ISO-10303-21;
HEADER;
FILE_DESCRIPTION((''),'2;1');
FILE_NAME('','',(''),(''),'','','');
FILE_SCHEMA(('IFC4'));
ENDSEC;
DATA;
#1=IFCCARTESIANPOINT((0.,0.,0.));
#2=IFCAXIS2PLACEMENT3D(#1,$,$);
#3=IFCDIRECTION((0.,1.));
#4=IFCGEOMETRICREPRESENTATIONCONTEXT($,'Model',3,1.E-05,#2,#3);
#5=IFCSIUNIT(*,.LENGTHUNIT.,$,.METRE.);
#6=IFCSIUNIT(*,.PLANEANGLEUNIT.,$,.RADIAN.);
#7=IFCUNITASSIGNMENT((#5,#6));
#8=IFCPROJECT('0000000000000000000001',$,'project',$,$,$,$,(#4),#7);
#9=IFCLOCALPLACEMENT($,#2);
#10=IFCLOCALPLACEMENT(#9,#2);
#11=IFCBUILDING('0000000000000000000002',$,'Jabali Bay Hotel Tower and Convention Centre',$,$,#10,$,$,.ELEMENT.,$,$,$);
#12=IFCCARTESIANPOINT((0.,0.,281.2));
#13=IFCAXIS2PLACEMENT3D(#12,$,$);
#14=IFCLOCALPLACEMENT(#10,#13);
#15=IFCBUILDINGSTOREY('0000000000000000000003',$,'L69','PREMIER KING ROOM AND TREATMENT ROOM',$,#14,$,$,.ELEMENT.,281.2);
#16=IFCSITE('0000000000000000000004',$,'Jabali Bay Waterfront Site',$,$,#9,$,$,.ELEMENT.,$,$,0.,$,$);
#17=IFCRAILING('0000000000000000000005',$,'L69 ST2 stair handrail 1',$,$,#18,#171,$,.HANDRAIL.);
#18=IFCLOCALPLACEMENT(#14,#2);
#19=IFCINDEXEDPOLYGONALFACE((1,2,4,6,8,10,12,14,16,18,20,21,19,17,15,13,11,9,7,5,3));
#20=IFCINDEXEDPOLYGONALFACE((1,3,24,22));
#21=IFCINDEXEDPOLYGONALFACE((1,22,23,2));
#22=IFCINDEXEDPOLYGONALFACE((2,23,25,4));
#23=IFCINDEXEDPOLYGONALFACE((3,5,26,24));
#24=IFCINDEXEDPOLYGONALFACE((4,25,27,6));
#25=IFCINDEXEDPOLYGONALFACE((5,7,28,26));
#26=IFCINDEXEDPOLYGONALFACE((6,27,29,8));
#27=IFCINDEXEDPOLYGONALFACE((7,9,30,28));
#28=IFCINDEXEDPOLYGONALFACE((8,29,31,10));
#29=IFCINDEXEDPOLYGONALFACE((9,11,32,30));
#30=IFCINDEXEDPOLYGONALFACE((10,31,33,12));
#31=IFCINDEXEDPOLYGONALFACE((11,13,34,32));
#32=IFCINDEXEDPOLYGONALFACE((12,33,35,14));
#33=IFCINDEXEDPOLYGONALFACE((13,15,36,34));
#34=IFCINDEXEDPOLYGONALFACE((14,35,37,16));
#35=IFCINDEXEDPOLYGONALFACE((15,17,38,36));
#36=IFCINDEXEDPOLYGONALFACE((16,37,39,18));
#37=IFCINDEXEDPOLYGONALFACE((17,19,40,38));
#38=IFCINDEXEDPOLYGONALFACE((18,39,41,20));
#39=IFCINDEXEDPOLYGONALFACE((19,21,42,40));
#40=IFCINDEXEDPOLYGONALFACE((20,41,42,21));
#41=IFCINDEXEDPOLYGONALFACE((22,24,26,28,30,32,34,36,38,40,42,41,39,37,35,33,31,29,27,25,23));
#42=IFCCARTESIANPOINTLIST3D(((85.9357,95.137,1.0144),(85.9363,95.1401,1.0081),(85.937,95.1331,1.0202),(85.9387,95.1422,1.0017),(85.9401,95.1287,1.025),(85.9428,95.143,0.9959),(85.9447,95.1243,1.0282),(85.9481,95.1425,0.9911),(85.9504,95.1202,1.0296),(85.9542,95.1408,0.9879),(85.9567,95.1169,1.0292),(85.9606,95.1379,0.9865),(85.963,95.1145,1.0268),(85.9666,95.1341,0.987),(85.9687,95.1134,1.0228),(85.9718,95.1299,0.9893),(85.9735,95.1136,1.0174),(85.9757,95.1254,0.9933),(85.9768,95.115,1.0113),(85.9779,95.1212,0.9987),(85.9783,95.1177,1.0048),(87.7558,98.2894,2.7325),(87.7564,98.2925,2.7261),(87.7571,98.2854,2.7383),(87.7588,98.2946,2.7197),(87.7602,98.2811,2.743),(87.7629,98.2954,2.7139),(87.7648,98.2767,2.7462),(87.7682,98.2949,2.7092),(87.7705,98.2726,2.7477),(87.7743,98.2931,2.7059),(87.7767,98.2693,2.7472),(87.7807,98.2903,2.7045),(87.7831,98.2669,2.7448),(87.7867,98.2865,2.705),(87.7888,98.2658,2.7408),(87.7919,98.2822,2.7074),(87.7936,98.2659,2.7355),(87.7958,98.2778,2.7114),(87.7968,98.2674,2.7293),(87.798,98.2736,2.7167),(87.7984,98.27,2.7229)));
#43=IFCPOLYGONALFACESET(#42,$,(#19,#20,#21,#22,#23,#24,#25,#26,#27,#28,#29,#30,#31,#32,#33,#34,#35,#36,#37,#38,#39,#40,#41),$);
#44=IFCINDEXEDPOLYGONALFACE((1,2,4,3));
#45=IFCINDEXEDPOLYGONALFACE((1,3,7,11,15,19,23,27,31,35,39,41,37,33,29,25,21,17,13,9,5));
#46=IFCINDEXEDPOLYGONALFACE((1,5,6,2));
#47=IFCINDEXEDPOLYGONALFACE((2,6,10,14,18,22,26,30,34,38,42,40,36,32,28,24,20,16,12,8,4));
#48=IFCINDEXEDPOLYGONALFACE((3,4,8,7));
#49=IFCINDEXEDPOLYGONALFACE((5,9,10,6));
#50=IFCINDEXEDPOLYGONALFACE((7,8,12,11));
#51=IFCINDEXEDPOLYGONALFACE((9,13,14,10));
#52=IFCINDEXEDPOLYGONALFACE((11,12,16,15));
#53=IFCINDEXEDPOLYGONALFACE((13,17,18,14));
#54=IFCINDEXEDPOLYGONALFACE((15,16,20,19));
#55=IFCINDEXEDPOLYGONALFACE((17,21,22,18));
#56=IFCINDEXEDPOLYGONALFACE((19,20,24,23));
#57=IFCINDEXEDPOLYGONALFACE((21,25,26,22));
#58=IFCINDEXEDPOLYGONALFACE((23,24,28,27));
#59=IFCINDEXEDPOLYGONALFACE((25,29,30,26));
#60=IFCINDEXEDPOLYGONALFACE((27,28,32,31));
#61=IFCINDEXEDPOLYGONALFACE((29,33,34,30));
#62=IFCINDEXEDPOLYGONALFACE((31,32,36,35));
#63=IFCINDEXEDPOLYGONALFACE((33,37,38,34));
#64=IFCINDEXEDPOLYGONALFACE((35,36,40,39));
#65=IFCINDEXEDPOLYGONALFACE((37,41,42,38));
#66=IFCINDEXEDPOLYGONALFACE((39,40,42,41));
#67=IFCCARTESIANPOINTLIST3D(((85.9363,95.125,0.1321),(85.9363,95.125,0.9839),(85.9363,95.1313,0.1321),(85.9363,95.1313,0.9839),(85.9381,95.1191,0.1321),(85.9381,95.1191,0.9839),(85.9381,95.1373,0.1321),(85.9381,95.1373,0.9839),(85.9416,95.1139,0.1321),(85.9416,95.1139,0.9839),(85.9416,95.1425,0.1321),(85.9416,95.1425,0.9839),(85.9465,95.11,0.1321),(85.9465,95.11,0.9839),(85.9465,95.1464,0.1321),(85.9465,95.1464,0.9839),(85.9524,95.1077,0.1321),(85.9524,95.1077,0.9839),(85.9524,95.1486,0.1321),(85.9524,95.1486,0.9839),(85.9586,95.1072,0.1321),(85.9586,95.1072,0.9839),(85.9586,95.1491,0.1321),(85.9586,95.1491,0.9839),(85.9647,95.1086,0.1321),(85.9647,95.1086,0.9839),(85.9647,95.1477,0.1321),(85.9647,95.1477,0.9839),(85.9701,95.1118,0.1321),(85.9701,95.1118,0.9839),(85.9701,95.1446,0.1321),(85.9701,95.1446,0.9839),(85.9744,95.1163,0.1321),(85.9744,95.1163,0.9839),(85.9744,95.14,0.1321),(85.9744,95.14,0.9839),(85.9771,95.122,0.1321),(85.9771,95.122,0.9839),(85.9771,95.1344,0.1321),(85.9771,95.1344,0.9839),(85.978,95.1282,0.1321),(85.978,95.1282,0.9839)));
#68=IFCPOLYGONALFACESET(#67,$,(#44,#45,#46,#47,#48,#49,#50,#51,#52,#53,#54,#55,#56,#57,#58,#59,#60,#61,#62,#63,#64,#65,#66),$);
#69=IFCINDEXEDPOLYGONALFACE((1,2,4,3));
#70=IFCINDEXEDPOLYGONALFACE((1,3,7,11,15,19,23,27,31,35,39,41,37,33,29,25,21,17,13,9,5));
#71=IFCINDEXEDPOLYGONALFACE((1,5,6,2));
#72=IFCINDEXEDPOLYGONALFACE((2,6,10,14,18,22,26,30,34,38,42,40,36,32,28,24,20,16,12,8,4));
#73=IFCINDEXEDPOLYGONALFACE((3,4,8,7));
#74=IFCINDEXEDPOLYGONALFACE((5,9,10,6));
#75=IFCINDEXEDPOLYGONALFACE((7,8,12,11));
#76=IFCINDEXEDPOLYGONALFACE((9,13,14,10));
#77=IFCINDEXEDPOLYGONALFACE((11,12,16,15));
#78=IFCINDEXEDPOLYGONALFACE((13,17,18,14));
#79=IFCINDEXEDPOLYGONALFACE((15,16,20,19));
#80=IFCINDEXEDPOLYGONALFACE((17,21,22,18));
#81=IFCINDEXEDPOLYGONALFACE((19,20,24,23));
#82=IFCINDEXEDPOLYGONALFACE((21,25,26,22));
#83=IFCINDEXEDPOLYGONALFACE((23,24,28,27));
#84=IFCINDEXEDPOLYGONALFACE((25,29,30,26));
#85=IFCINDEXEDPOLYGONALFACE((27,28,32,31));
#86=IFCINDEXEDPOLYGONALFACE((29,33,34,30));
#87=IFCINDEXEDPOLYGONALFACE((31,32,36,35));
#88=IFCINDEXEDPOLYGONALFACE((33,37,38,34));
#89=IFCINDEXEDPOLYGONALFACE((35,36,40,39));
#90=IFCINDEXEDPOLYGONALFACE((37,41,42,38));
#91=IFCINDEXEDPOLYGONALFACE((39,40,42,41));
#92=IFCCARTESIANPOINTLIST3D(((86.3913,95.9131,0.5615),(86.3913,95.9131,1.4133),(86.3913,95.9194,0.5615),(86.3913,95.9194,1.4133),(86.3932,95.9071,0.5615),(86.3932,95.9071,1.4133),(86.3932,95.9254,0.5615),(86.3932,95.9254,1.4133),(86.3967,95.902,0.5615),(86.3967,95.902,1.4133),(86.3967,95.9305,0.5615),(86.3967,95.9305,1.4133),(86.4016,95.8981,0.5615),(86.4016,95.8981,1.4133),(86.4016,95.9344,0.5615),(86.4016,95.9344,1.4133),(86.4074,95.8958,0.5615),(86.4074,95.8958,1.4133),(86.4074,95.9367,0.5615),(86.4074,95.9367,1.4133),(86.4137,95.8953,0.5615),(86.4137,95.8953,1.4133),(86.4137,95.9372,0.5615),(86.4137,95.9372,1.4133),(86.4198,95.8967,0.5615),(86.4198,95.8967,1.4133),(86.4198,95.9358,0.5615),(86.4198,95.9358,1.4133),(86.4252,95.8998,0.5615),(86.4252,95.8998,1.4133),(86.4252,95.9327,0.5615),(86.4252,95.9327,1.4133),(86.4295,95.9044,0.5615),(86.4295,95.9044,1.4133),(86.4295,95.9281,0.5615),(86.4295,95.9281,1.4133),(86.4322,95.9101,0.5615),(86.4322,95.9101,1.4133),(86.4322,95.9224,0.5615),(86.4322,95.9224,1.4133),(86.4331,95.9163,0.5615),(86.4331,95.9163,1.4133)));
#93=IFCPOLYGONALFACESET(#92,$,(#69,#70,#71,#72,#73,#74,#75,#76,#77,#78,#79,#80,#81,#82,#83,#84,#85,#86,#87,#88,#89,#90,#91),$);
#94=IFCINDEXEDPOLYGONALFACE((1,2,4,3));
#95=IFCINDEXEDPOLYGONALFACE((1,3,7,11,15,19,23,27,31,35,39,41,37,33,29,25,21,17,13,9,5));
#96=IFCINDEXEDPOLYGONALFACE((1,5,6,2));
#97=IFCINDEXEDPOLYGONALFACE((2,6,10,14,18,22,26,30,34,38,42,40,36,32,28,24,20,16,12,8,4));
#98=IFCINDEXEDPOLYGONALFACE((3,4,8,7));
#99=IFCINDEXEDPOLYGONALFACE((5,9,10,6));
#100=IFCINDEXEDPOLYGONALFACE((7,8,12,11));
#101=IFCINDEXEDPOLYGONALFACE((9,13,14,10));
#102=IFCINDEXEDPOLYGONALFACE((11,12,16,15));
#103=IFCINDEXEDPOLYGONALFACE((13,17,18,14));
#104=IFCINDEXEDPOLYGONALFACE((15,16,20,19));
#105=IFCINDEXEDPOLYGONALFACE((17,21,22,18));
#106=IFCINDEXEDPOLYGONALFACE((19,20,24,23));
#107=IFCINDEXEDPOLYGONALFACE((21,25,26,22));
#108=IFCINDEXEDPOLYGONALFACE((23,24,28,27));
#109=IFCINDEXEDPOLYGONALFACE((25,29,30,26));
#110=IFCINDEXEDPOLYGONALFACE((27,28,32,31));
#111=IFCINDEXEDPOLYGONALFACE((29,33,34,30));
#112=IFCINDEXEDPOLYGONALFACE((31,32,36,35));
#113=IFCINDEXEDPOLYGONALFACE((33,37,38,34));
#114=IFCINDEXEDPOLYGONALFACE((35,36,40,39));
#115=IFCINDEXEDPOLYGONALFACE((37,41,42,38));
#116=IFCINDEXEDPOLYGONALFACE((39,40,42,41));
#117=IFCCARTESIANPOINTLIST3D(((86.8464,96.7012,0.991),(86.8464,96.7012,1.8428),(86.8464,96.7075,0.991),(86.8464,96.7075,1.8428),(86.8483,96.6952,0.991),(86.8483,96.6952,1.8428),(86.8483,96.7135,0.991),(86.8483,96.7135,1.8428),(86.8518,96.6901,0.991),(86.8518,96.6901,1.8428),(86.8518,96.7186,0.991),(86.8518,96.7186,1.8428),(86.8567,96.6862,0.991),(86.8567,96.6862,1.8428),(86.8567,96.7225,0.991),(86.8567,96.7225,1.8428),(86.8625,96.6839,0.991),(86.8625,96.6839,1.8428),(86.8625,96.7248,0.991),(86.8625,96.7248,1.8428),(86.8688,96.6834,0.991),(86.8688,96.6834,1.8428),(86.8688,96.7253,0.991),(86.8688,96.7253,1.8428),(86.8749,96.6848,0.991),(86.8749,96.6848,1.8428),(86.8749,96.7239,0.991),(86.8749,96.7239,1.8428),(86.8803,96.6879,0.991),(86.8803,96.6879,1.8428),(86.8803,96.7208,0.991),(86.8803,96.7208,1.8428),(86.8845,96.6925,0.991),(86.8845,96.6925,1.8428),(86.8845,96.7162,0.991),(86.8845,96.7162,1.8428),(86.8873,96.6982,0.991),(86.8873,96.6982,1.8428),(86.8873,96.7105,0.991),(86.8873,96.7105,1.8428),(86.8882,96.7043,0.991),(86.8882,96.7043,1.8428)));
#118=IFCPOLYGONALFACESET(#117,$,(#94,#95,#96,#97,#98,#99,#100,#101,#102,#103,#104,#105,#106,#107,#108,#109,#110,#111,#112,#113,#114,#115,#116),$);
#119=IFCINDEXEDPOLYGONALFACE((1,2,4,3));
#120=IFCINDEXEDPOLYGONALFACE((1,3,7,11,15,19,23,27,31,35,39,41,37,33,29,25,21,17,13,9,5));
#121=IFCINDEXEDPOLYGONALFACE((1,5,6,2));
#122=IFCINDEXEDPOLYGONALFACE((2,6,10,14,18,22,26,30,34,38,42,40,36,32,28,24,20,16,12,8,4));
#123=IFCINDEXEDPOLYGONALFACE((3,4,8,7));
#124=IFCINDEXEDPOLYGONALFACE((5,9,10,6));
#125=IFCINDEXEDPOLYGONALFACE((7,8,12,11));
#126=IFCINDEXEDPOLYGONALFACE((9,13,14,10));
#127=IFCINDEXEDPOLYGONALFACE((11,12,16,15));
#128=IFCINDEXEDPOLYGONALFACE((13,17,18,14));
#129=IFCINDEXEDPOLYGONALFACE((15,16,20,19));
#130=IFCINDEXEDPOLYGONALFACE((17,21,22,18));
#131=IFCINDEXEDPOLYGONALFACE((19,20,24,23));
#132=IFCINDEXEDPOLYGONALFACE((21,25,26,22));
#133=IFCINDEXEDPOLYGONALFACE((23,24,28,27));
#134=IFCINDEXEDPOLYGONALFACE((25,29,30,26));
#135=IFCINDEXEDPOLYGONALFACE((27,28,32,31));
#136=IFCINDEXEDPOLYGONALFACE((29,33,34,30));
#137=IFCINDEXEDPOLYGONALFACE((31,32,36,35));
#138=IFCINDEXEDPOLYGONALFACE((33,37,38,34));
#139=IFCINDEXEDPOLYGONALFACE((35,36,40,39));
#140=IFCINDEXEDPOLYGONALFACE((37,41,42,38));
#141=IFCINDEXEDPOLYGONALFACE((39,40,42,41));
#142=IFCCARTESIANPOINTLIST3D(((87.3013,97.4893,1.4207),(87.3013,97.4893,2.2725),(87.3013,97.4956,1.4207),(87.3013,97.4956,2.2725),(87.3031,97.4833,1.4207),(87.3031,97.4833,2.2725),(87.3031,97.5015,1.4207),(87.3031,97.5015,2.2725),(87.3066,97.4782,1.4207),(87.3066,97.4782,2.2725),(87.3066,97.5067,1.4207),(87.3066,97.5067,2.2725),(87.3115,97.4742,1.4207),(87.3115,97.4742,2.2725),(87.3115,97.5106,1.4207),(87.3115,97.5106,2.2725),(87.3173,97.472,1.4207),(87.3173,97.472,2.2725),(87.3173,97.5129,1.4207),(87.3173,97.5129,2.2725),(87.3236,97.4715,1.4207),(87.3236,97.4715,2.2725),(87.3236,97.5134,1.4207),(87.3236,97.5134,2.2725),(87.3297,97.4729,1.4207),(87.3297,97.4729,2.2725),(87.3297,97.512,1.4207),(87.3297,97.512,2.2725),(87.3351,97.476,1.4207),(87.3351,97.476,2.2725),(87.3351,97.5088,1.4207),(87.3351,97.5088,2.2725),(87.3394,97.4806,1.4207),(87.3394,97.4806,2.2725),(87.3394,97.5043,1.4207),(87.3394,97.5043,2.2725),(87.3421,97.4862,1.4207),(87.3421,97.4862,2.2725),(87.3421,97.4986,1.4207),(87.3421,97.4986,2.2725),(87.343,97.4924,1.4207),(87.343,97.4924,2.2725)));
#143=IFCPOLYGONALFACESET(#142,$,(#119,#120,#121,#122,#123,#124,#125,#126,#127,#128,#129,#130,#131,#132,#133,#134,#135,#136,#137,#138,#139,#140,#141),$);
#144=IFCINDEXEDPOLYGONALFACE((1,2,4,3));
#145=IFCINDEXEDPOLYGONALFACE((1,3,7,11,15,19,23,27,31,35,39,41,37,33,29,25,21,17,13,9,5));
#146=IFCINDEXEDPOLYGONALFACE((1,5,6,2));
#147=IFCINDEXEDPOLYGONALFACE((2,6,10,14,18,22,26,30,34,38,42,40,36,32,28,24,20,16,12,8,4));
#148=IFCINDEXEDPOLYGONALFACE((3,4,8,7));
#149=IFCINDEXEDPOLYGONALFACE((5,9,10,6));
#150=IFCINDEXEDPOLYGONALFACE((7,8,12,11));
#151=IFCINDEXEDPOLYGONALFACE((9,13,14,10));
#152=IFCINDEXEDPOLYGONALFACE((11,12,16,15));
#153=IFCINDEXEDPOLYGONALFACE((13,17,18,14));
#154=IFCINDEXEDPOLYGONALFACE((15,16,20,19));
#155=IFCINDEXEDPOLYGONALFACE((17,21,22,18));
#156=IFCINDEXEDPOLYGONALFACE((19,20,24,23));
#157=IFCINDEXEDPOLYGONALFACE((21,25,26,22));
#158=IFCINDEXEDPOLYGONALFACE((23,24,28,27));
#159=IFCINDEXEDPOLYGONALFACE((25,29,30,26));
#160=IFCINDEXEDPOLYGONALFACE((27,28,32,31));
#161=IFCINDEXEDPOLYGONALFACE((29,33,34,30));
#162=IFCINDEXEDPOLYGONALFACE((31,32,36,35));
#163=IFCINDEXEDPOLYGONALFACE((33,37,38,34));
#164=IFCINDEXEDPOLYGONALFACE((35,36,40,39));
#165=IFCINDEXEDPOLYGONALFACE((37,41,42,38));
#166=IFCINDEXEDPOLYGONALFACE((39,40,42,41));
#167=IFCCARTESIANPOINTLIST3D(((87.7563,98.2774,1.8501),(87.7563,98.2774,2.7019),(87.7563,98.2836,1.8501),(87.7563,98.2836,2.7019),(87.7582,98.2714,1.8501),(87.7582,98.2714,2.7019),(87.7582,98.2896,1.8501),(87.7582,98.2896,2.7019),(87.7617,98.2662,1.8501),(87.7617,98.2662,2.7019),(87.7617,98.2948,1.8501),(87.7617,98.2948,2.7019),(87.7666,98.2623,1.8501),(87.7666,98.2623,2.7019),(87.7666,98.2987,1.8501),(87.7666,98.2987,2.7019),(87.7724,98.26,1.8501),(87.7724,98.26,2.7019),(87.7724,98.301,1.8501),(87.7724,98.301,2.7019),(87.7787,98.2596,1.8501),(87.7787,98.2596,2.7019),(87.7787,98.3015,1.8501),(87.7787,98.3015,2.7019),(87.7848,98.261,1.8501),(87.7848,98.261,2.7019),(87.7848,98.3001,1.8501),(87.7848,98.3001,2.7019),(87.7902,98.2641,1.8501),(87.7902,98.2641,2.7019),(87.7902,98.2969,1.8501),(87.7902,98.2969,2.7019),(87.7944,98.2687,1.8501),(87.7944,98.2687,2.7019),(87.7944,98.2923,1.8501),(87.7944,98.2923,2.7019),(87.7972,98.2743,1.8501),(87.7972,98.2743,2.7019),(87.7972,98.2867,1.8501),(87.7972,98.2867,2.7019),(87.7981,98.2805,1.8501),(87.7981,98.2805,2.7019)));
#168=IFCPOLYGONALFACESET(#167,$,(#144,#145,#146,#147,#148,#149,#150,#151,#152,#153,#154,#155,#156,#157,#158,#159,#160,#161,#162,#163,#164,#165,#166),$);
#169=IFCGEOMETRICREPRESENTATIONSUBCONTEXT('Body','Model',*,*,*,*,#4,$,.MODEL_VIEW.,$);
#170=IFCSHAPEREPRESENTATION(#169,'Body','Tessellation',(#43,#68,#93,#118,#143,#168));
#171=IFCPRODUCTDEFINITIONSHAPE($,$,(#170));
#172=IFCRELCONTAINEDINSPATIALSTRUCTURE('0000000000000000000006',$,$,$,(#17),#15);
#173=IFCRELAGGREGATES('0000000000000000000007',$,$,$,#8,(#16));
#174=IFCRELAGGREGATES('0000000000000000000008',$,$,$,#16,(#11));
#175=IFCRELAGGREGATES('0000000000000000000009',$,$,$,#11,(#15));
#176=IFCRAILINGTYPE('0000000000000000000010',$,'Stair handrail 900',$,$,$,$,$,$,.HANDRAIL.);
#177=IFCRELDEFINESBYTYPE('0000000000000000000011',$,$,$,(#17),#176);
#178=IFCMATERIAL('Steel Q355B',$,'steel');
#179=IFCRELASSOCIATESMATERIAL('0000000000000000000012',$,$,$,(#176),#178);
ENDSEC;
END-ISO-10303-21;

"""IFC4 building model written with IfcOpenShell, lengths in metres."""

from ifc_helpers import new_model, si_unit, direction, frame, origin, origin_2d, place, context, subcontext, project, spatial, circle, extrude, material, type_object, element, save


model = new_model("IFC4")

# Units and contexts
model_context = context("Model", 3, precision=1e-05, world=origin(), true_north=direction((0.0, 1.0)))
body_context = subcontext(model_context, "Body", "Model", "MODEL_VIEW")
ifc_project = project(units=[si_unit("LENGTHUNIT", "METRE"), si_unit("PLANEANGLEUNIT", "RADIAN")], contexts=[model_context])

# Site, building, storey
site_placement = place(None, origin())
site = spatial("IfcSite", under=ifc_project, at=site_placement, Name="Jabali Bay Waterfront Site", CompositionType="ELEMENT", RefElevation=0.0)
building_placement = place(site_placement, origin())
building = spatial("IfcBuilding", under=site, at=building_placement, Name="Jabali Bay Hotel Tower and Convention Centre", CompositionType="ELEMENT")
storey_placement = place(building_placement, frame((0.0, 0.0, 281.2)))
storey = spatial("IfcBuildingStorey", under=building, at=storey_placement, Name="L69", Description="PREMIER KING ROOM AND TREATMENT ROOM", CompositionType="ELEMENT", Elevation=281.2)

# Railing
ifc_material_1 = material(Name="Steel Q355B", Category="steel")
railing_type_1 = type_object("IfcRailingType", Name="Stair handrail 900", PredefinedType="HANDRAIL", material=ifc_material_1)
railing_1_placement = place(storey_placement, frame((85.957, 95.1282, 0.1321)))
element("IfcRailing", 1, at=railing_1_placement, inside=storey, type_object=railing_type_1, Name="L69 ST2 stair handrail 1", PredefinedType="HANDRAIL", context=body_context, shape_type="SweptSolid", body=[
    extrude(circle(Radius=0.0239, at=origin_2d()), frame((0.0, 0.0, 0.876), z_axis=(0.452179, 0.78317, 0.426825), x_axis=(-0.866018, 0.500013, 0.0)), (0.0, 0.0, 1.0), 4.0251),
    extrude(circle(Radius=0.021, at=origin_2d()), origin(), (0.0, 0.0, 1.0), 0.8518),
    extrude(circle(Radius=0.021, at=origin_2d()), frame((0.4551, 0.7881, 0.4294)), (0.0, 0.0, 1.0), 0.8518),
    extrude(circle(Radius=0.021, at=origin_2d()), frame((0.9102, 1.5762, 0.8589)), (0.0, 0.0, 1.0), 0.8518),
    extrude(circle(Radius=0.021, at=origin_2d()), frame((1.365, 2.3643, 1.2886)), (0.0, 0.0, 1.0), 0.8518),
    extrude(circle(Radius=0.021, at=origin_2d()), frame((1.8201, 3.1523, 1.718)), (0.0, 0.0, 1.0), 0.8518),
])

save(model, "model.ifc")
